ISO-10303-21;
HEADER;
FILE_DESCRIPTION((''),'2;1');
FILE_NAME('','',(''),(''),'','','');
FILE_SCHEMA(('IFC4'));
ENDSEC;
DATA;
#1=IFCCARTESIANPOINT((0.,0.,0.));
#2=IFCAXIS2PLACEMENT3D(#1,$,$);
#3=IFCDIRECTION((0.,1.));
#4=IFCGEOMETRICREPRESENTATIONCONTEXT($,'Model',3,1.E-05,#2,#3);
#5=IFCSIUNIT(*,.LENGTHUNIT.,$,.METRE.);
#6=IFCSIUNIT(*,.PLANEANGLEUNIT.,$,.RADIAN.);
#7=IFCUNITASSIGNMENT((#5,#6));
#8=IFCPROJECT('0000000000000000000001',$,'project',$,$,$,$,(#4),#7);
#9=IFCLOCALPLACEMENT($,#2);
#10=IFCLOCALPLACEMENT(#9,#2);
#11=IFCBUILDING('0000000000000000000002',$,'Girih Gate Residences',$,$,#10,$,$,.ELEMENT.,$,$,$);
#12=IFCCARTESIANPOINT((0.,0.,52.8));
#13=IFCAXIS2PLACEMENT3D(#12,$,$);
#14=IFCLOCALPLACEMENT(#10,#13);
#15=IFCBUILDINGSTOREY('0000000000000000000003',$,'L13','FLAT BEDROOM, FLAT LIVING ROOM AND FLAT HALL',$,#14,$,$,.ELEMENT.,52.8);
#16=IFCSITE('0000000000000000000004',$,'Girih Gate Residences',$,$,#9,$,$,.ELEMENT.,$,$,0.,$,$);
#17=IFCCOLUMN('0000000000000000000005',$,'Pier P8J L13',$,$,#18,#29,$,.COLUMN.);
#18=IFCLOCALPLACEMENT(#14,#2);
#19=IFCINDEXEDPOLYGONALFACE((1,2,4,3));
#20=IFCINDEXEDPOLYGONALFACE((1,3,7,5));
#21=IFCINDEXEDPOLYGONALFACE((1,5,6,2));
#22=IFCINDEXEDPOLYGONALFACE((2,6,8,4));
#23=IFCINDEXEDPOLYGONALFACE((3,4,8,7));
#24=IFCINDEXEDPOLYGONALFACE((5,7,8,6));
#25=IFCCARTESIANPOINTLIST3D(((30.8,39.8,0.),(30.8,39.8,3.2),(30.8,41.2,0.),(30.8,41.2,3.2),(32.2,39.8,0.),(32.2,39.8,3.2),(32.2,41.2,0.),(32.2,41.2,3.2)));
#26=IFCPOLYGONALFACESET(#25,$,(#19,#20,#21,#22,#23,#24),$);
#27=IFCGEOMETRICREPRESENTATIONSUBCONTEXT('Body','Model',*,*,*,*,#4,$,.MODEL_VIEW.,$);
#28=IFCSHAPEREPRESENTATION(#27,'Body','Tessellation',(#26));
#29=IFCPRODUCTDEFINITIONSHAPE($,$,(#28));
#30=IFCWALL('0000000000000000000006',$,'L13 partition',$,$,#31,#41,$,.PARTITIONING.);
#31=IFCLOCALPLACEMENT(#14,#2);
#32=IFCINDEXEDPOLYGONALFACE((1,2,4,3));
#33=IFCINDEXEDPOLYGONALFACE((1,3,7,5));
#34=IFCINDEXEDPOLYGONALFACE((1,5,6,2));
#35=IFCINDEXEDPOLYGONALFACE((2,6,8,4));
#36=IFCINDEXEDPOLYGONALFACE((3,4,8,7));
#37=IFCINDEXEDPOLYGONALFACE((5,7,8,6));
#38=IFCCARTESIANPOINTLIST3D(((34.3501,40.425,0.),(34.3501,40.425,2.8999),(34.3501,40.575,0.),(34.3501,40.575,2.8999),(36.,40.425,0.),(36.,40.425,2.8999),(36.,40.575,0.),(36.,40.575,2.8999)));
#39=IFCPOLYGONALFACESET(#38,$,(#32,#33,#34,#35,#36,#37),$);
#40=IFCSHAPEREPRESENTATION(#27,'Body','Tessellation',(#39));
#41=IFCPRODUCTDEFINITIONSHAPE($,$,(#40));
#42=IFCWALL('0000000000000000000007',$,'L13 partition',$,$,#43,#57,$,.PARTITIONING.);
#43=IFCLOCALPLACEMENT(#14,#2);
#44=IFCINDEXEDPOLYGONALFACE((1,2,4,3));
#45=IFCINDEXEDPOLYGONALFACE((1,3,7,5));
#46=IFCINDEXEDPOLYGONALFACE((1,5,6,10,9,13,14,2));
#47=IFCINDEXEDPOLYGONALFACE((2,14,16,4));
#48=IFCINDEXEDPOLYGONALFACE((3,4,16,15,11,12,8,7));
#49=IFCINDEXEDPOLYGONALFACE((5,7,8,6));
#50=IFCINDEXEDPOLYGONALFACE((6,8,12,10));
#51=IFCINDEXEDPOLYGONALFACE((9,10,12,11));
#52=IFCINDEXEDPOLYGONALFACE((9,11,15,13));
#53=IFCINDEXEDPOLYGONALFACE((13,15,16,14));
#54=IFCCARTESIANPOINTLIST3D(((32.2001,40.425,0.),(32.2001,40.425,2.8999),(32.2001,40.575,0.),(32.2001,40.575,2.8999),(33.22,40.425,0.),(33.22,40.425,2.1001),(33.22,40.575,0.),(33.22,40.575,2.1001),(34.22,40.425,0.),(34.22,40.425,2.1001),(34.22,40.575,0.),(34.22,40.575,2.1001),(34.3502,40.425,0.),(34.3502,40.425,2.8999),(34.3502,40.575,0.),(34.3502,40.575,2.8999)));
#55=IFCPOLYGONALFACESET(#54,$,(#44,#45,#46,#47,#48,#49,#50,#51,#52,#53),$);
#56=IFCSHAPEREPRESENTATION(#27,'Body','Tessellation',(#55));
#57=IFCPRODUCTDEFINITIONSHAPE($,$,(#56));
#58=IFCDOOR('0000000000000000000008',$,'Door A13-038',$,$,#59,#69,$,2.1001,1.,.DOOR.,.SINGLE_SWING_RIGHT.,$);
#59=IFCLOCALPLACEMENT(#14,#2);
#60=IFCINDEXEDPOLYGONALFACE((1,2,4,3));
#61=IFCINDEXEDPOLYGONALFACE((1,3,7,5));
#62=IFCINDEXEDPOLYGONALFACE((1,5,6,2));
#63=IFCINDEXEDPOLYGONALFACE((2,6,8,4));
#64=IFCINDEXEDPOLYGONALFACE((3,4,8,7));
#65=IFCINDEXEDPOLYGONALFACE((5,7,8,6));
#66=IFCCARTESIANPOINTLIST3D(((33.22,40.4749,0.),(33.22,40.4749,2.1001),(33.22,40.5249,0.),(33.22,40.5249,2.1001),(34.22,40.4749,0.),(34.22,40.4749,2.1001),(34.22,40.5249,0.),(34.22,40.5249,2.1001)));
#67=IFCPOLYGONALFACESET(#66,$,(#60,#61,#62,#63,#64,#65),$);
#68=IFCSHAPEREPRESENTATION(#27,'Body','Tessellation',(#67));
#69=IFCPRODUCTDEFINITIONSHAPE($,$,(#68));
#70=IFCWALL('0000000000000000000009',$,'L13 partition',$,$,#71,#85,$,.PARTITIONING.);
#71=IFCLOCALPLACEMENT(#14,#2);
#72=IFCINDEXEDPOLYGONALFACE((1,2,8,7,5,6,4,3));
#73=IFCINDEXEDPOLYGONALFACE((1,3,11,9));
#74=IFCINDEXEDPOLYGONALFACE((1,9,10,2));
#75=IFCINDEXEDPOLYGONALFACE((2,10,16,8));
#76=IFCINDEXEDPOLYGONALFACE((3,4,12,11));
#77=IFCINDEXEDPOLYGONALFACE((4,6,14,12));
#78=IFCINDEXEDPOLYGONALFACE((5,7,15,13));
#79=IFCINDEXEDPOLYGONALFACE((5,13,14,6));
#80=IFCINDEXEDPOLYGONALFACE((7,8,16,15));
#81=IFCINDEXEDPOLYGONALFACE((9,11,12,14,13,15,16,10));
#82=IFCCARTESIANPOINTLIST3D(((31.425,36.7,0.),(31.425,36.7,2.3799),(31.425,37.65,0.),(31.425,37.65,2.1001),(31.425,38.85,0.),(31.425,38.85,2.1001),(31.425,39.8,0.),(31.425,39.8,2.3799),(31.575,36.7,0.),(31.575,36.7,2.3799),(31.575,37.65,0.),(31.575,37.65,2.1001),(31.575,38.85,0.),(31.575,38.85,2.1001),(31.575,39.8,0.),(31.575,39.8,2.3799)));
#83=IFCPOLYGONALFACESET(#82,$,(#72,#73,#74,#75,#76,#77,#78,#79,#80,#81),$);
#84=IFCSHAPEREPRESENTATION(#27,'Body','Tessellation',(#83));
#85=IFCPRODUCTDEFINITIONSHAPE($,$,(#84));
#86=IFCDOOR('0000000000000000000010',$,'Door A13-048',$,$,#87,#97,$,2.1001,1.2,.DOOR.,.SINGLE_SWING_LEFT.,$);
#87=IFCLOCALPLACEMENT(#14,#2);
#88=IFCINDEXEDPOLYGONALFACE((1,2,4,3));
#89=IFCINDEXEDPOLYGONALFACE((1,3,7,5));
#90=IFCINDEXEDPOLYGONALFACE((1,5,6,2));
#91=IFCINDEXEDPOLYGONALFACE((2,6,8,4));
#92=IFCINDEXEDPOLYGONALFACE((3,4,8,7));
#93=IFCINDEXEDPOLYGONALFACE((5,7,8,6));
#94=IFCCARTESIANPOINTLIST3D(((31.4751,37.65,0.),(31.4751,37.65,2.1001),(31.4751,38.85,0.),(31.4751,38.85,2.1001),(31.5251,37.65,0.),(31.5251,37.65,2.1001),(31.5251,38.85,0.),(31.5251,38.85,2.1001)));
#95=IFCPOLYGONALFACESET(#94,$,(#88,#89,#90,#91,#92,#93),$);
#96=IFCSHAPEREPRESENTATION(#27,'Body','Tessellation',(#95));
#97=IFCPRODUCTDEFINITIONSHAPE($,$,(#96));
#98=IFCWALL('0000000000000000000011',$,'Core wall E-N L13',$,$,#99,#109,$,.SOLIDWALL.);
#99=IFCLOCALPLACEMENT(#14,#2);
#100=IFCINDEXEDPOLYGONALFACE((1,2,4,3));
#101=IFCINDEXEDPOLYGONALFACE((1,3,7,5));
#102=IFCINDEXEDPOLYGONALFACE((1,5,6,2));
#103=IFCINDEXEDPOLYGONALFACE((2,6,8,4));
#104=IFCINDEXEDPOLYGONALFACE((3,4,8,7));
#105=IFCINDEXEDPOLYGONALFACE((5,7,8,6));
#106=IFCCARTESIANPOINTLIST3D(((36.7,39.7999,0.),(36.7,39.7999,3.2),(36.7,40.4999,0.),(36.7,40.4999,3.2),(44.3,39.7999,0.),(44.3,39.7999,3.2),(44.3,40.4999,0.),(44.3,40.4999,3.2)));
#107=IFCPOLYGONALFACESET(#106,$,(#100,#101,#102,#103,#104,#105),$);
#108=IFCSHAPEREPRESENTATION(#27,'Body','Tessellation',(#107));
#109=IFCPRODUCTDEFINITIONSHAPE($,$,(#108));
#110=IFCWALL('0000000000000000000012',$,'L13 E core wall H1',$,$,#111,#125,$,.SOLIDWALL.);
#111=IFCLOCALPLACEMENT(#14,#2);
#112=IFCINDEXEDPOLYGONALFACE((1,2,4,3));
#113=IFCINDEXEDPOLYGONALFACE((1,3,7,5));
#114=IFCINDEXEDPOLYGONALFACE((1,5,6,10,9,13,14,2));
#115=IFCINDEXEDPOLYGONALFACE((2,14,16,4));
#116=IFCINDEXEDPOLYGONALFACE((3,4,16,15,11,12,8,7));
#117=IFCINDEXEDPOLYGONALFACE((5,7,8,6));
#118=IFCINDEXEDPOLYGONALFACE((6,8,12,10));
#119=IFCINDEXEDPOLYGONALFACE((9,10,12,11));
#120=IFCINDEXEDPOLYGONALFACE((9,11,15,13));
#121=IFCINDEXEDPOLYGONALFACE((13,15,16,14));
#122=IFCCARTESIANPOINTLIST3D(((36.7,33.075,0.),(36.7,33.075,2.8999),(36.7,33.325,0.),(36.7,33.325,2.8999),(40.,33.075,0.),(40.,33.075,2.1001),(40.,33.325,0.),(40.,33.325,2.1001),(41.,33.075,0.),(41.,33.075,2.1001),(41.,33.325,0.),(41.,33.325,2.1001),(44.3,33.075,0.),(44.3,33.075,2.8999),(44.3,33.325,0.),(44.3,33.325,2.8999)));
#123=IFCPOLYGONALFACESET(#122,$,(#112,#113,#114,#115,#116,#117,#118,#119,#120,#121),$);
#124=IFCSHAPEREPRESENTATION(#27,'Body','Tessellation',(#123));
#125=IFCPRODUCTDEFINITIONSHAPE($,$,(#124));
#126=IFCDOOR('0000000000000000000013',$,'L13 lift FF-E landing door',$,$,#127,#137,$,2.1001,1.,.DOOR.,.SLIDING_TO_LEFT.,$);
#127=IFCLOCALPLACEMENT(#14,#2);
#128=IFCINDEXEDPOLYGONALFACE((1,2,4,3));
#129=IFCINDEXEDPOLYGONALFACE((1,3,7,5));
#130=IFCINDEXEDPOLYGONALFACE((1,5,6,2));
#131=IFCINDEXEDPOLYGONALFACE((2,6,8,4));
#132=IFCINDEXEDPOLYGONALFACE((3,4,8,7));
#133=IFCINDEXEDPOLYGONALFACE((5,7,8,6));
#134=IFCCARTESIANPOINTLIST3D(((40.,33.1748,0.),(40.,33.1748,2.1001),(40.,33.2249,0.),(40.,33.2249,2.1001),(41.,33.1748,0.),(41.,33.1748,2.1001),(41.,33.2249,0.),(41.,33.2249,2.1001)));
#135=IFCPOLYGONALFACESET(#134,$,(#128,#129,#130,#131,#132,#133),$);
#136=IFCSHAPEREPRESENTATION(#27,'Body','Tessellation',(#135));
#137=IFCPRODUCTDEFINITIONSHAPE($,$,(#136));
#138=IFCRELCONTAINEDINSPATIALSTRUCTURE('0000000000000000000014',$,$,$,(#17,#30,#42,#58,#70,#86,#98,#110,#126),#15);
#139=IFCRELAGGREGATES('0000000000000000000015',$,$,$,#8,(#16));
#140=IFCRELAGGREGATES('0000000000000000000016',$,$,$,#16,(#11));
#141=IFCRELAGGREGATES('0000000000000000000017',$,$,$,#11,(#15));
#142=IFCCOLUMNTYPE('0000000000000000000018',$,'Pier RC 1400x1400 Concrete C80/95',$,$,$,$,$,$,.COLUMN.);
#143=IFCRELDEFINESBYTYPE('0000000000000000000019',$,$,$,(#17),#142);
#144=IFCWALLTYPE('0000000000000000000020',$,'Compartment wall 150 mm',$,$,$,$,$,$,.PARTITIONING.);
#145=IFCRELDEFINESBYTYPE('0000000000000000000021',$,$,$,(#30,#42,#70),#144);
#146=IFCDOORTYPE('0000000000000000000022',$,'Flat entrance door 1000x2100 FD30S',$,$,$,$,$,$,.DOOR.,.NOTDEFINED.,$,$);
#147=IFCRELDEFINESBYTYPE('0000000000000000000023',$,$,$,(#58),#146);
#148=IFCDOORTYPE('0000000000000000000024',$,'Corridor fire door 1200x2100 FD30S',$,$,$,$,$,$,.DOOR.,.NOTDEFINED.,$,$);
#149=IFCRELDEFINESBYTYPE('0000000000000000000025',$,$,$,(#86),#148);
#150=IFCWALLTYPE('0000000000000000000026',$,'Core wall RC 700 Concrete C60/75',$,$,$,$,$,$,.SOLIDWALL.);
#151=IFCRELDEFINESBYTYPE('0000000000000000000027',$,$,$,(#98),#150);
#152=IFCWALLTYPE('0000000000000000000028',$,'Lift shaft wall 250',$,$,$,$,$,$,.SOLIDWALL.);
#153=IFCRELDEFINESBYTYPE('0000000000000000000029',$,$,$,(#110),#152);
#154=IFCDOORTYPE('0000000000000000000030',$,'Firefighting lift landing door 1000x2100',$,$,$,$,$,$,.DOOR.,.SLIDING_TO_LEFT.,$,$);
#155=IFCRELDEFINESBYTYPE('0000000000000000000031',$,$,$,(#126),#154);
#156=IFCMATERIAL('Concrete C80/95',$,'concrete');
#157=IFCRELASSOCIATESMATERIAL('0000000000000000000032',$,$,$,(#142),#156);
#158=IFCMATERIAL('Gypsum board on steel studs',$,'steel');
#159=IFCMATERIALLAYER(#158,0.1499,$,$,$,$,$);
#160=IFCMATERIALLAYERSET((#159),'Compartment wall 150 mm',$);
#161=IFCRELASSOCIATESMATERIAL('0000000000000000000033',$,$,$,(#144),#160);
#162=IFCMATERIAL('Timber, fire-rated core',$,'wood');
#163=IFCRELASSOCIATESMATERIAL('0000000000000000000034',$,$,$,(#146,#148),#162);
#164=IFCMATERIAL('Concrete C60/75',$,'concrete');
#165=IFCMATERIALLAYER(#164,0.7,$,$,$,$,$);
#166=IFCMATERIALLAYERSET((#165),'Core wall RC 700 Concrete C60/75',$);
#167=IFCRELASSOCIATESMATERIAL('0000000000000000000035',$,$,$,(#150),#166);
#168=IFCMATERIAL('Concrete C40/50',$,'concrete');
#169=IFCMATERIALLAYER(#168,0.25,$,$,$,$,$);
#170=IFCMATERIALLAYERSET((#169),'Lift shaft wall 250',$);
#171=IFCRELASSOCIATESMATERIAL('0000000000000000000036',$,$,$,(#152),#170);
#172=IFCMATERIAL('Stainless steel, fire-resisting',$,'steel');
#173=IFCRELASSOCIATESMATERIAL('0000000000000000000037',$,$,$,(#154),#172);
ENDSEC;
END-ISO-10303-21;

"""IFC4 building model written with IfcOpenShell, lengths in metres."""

from ifc_helpers import new_model, si_unit, direction, frame, frame_2d, origin, origin_2d, place, context, subcontext, project, spatial, rectangle, extrude, material, layer, layer_set, material_profile, profile_set, type_object, element, fill, save


model = new_model("IFC4")

# Units and contexts
model_context = context("Model", 3, precision=1e-05, world=origin(), true_north=direction((0.0, 1.0)))
body_context = subcontext(model_context, "Body", "Model", "MODEL_VIEW")
ifc_project = project(units=[si_unit("LENGTHUNIT", "METRE"), si_unit("PLANEANGLEUNIT", "RADIAN")], contexts=[model_context])

# Site, building, storey
site_placement = place(None, origin())
site = spatial("IfcSite", under=ifc_project, at=site_placement, Name="Girih Gate Residences", CompositionType="ELEMENT", RefElevation=0.0)
building_placement = place(site_placement, origin())
building = spatial("IfcBuilding", under=site, at=building_placement, Name="Girih Gate Residences", CompositionType="ELEMENT")
storey_placement = place(building_placement, frame((0.0, 0.0, 52.8)))
storey = spatial("IfcBuildingStorey", under=building, at=storey_placement, Name="L13", Description="FLAT BEDROOM, FLAT LIVING ROOM AND FLAT HALL", CompositionType="ELEMENT", Elevation=52.8)

# Column
ifc_material_1 = material(Name="Concrete C80/95", Category="concrete")
ifc_material_profile = material_profile(ifc_material_1, rectangle(XDim=1.3999, YDim=1.3999, at=origin_2d()))
ifc_profile_set = profile_set([ifc_material_profile], Name="Concrete C80/95")
column_type = type_object("IfcColumnType", Name="Pier RC 1400x1400 Concrete C80/95", PredefinedType="COLUMN", material=ifc_profile_set)
column_placement = place(storey_placement, frame((31.5, 40.5, 0.0), z_axis=(0.0, 0.0, 1.0), x_axis=(1.0, 0.0, 0.0)))
element("IfcColumn", 1, at=column_placement, inside=storey, type_object=column_type, Name="Pier P8J L13", PredefinedType="COLUMN", context=body_context, shape_type="SweptSolid", body=[
    extrude(rectangle(XDim=1.3999, YDim=1.3999, at=origin_2d()), origin(), (0.0, 0.0, 1.0), 3.2),
])

# Wall
ifc_material_2 = material(Name="Gypsum board on steel studs", Category="steel")
ifc_layer_1 = layer(ifc_material_2, 0.1499)
ifc_layer_set_1 = layer_set([ifc_layer_1], Name="Compartment wall 150 mm")
wall_type_1 = type_object("IfcWallType", Name="Compartment wall 150 mm", PredefinedType="PARTITIONING", material=ifc_layer_set_1)
wall_1_placement = place(storey_placement, frame((34.3501, 40.5, 0.0), z_axis=(0.0, 0.0, 1.0), x_axis=(1.0, 0.0, 0.0)))
element("IfcWall", 2, at=wall_1_placement, inside=storey, type_object=wall_type_1, Name="L13 partition", PredefinedType="PARTITIONING", context=body_context, shape_type="SweptSolid", body=[
    extrude(rectangle(XDim=1.6499, YDim=0.1499, at=frame_2d((0.825, 0.0))), origin(), (0.0, 0.0, 1.0), 2.8999),
])

# Walls, openings, doors
wall_2_placement = place(storey_placement, frame((32.2, 40.5, 0.0), z_axis=(0.0, 0.0, 1.0), x_axis=(1.0, 0.0, 0.0)))
wall_2 = element("IfcWall", 3, at=wall_2_placement, inside=storey, type_object=wall_type_1, Name="L13 partition", PredefinedType="PARTITIONING", context=body_context, shape_type="SweptSolid", body=[
    extrude(rectangle(XDim=2.1501, YDim=0.1499, at=frame_2d((1.0752, 0.0))), origin(), (0.0, 0.0, 1.0), 2.8999),
])
opening_1_placement = place(wall_2_placement, frame((1.02, 0.0, 0.0)))
opening_1 = element("IfcOpeningElement", 4, at=opening_1_placement, cuts=wall_2, PredefinedType="OPENING", context=body_context, shape_type="SweptSolid", body=[
    extrude(rectangle(XDim=1.0, YDim=2.1001, at=frame_2d((0.5, 1.05))), frame((0.0, 0.085, 0.0), z_axis=(0.0, -1.0, 0.0), x_axis=(1.0, 0.0, 0.0)), (0.0, 0.0, 1.0), 0.1699),
])
ifc_material_3 = material(Name="Timber, fire-rated core", Category="wood")
door_type_1 = type_object("IfcDoorType", Name="Flat entrance door 1000x2100 FD30S", OperationType="NOTDEFINED", PredefinedType="DOOR", material=ifc_material_3)
door_1_placement = place(opening_1_placement, origin())
door_1 = element("IfcDoor", 5, at=door_1_placement, inside=storey, type_object=door_type_1, Name="Door A13-038", OperationType="SINGLE_SWING_RIGHT", OverallHeight=2.1001, OverallWidth=1.0, PredefinedType="DOOR", context=body_context, shape_type="SweptSolid", body=[
    extrude(rectangle(XDim=1.0, YDim=2.1001, at=frame_2d((0.5, 1.05))), frame((0.0, 0.0249, 0.0), z_axis=(0.0, -1.0, 0.0), x_axis=(1.0, 0.0, 0.0)), (0.0, 0.0, 1.0), 0.05),
])
fill(opening_1, door_1)
wall_3_placement = place(storey_placement, frame((31.5, 36.7, 0.0), z_axis=(0.0, 0.0, 1.0), x_axis=(0.0, 1.0, 0.0)))
wall_3 = element("IfcWall", 6, at=wall_3_placement, inside=storey, type_object=wall_type_1, Name="L13 partition", PredefinedType="PARTITIONING", context=body_context, shape_type="SweptSolid", body=[
    extrude(rectangle(XDim=3.1001, YDim=0.1499, at=frame_2d((1.55, 0.0))), origin(), (0.0, 0.0, 1.0), 2.3799),
])
opening_2_placement = place(wall_3_placement, frame((0.95, 0.0, 0.0)))
opening_2 = element("IfcOpeningElement", 7, at=opening_2_placement, cuts=wall_3, PredefinedType="OPENING", context=body_context, shape_type="SweptSolid", body=[
    extrude(rectangle(XDim=1.2, YDim=2.1001, at=frame_2d((0.6001, 1.05))), frame((0.0, 0.085, 0.0), z_axis=(0.0, -1.0, 0.0), x_axis=(1.0, 0.0, 0.0)), (0.0, 0.0, 1.0), 0.1699),
])
door_type_2 = type_object("IfcDoorType", Name="Corridor fire door 1200x2100 FD30S", OperationType="NOTDEFINED", PredefinedType="DOOR", material=ifc_material_3)
door_2_placement = place(opening_2_placement, origin())
door_2 = element("IfcDoor", 8, at=door_2_placement, inside=storey, type_object=door_type_2, Name="Door A13-048", OperationType="SINGLE_SWING_LEFT", OverallHeight=2.1001, OverallWidth=1.2, PredefinedType="DOOR", context=body_context, shape_type="SweptSolid", body=[
    extrude(rectangle(XDim=1.2, YDim=2.1001, at=frame_2d((0.6001, 1.05))), frame((0.0, 0.0249, 0.0), z_axis=(0.0, -1.0, 0.0), x_axis=(1.0, 0.0, 0.0)), (0.0, 0.0, 1.0), 0.05),
])
fill(opening_2, door_2)

# Wall
ifc_material_4 = material(Name="Concrete C60/75", Category="concrete")
ifc_layer_2 = layer(ifc_material_4, 0.7)
ifc_layer_set_2 = layer_set([ifc_layer_2], Name="Core wall RC 700 Concrete C60/75")
wall_type_2 = type_object("IfcWallType", Name="Core wall RC 700 Concrete C60/75", PredefinedType="SOLIDWALL", material=ifc_layer_set_2)
wall_4_placement = place(storey_placement, frame((36.7, 40.1499, 0.0), z_axis=(0.0, 0.0, 1.0), x_axis=(1.0, 0.0, 0.0)))
element("IfcWall", 9, at=wall_4_placement, inside=storey, type_object=wall_type_2, Name="Core wall E-N L13", PredefinedType="SOLIDWALL", context=body_context, shape_type="SweptSolid", body=[
    extrude(rectangle(XDim=7.6001, YDim=0.7, at=frame_2d((3.8, 0.0))), origin(), (0.0, 0.0, 1.0), 3.2),
])

# Wall, opening, door
ifc_material_5 = material(Name="Concrete C40/50", Category="concrete")
ifc_layer_3 = layer(ifc_material_5, 0.25)
ifc_layer_set_3 = layer_set([ifc_layer_3], Name="Lift shaft wall 250")
wall_type_3 = type_object("IfcWallType", Name="Lift shaft wall 250", PredefinedType="SOLIDWALL", material=ifc_layer_set_3)
wall_5_placement = place(storey_placement, frame((36.7, 33.2, 0.0), z_axis=(0.0, 0.0, 1.0), x_axis=(1.0, 0.0, 0.0)))
wall_5 = element("IfcWall", 10, at=wall_5_placement, inside=storey, type_object=wall_type_3, Name="L13 E core wall H1", PredefinedType="SOLIDWALL", context=body_context, shape_type="SweptSolid", body=[
    extrude(rectangle(XDim=7.6001, YDim=0.25, at=frame_2d((3.8, 0.0))), origin(), (0.0, 0.0, 1.0), 2.8999),
])
opening_3_placement = place(wall_5_placement, frame((3.3, 0.0, 0.0)))
opening_3 = element("IfcOpeningElement", 11, at=opening_3_placement, cuts=wall_5, PredefinedType="OPENING", context=body_context, shape_type="SweptSolid", body=[
    extrude(rectangle(XDim=1.0, YDim=2.1001, at=frame_2d((0.5, 1.05))), frame((0.0, 0.135, 0.0), z_axis=(0.0, -1.0, 0.0), x_axis=(1.0, 0.0, 0.0)), (0.0, 0.0, 1.0), 0.27),
])
ifc_material_6 = material(Name="Stainless steel, fire-resisting", Category="steel")
door_type_3 = type_object("IfcDoorType", Name="Firefighting lift landing door 1000x2100", OperationType="SLIDING_TO_LEFT", PredefinedType="DOOR", material=ifc_material_6)
door_3_placement = place(opening_3_placement, origin())
door_3 = element("IfcDoor", 12, at=door_3_placement, inside=storey, type_object=door_type_3, Name="L13 lift FF-E landing door", OperationType="SLIDING_TO_LEFT", OverallHeight=2.1001, OverallWidth=1.0, PredefinedType="DOOR", context=body_context, shape_type="SweptSolid", body=[
    extrude(rectangle(XDim=1.0, YDim=2.1001, at=frame_2d((0.5, 1.05))), frame((0.0, 0.0249, 0.0), z_axis=(0.0, -1.0, 0.0), x_axis=(1.0, 0.0, 0.0)), (0.0, 0.0, 1.0), 0.05),
])
fill(opening_3, door_3)

save(model, "model.ifc")
